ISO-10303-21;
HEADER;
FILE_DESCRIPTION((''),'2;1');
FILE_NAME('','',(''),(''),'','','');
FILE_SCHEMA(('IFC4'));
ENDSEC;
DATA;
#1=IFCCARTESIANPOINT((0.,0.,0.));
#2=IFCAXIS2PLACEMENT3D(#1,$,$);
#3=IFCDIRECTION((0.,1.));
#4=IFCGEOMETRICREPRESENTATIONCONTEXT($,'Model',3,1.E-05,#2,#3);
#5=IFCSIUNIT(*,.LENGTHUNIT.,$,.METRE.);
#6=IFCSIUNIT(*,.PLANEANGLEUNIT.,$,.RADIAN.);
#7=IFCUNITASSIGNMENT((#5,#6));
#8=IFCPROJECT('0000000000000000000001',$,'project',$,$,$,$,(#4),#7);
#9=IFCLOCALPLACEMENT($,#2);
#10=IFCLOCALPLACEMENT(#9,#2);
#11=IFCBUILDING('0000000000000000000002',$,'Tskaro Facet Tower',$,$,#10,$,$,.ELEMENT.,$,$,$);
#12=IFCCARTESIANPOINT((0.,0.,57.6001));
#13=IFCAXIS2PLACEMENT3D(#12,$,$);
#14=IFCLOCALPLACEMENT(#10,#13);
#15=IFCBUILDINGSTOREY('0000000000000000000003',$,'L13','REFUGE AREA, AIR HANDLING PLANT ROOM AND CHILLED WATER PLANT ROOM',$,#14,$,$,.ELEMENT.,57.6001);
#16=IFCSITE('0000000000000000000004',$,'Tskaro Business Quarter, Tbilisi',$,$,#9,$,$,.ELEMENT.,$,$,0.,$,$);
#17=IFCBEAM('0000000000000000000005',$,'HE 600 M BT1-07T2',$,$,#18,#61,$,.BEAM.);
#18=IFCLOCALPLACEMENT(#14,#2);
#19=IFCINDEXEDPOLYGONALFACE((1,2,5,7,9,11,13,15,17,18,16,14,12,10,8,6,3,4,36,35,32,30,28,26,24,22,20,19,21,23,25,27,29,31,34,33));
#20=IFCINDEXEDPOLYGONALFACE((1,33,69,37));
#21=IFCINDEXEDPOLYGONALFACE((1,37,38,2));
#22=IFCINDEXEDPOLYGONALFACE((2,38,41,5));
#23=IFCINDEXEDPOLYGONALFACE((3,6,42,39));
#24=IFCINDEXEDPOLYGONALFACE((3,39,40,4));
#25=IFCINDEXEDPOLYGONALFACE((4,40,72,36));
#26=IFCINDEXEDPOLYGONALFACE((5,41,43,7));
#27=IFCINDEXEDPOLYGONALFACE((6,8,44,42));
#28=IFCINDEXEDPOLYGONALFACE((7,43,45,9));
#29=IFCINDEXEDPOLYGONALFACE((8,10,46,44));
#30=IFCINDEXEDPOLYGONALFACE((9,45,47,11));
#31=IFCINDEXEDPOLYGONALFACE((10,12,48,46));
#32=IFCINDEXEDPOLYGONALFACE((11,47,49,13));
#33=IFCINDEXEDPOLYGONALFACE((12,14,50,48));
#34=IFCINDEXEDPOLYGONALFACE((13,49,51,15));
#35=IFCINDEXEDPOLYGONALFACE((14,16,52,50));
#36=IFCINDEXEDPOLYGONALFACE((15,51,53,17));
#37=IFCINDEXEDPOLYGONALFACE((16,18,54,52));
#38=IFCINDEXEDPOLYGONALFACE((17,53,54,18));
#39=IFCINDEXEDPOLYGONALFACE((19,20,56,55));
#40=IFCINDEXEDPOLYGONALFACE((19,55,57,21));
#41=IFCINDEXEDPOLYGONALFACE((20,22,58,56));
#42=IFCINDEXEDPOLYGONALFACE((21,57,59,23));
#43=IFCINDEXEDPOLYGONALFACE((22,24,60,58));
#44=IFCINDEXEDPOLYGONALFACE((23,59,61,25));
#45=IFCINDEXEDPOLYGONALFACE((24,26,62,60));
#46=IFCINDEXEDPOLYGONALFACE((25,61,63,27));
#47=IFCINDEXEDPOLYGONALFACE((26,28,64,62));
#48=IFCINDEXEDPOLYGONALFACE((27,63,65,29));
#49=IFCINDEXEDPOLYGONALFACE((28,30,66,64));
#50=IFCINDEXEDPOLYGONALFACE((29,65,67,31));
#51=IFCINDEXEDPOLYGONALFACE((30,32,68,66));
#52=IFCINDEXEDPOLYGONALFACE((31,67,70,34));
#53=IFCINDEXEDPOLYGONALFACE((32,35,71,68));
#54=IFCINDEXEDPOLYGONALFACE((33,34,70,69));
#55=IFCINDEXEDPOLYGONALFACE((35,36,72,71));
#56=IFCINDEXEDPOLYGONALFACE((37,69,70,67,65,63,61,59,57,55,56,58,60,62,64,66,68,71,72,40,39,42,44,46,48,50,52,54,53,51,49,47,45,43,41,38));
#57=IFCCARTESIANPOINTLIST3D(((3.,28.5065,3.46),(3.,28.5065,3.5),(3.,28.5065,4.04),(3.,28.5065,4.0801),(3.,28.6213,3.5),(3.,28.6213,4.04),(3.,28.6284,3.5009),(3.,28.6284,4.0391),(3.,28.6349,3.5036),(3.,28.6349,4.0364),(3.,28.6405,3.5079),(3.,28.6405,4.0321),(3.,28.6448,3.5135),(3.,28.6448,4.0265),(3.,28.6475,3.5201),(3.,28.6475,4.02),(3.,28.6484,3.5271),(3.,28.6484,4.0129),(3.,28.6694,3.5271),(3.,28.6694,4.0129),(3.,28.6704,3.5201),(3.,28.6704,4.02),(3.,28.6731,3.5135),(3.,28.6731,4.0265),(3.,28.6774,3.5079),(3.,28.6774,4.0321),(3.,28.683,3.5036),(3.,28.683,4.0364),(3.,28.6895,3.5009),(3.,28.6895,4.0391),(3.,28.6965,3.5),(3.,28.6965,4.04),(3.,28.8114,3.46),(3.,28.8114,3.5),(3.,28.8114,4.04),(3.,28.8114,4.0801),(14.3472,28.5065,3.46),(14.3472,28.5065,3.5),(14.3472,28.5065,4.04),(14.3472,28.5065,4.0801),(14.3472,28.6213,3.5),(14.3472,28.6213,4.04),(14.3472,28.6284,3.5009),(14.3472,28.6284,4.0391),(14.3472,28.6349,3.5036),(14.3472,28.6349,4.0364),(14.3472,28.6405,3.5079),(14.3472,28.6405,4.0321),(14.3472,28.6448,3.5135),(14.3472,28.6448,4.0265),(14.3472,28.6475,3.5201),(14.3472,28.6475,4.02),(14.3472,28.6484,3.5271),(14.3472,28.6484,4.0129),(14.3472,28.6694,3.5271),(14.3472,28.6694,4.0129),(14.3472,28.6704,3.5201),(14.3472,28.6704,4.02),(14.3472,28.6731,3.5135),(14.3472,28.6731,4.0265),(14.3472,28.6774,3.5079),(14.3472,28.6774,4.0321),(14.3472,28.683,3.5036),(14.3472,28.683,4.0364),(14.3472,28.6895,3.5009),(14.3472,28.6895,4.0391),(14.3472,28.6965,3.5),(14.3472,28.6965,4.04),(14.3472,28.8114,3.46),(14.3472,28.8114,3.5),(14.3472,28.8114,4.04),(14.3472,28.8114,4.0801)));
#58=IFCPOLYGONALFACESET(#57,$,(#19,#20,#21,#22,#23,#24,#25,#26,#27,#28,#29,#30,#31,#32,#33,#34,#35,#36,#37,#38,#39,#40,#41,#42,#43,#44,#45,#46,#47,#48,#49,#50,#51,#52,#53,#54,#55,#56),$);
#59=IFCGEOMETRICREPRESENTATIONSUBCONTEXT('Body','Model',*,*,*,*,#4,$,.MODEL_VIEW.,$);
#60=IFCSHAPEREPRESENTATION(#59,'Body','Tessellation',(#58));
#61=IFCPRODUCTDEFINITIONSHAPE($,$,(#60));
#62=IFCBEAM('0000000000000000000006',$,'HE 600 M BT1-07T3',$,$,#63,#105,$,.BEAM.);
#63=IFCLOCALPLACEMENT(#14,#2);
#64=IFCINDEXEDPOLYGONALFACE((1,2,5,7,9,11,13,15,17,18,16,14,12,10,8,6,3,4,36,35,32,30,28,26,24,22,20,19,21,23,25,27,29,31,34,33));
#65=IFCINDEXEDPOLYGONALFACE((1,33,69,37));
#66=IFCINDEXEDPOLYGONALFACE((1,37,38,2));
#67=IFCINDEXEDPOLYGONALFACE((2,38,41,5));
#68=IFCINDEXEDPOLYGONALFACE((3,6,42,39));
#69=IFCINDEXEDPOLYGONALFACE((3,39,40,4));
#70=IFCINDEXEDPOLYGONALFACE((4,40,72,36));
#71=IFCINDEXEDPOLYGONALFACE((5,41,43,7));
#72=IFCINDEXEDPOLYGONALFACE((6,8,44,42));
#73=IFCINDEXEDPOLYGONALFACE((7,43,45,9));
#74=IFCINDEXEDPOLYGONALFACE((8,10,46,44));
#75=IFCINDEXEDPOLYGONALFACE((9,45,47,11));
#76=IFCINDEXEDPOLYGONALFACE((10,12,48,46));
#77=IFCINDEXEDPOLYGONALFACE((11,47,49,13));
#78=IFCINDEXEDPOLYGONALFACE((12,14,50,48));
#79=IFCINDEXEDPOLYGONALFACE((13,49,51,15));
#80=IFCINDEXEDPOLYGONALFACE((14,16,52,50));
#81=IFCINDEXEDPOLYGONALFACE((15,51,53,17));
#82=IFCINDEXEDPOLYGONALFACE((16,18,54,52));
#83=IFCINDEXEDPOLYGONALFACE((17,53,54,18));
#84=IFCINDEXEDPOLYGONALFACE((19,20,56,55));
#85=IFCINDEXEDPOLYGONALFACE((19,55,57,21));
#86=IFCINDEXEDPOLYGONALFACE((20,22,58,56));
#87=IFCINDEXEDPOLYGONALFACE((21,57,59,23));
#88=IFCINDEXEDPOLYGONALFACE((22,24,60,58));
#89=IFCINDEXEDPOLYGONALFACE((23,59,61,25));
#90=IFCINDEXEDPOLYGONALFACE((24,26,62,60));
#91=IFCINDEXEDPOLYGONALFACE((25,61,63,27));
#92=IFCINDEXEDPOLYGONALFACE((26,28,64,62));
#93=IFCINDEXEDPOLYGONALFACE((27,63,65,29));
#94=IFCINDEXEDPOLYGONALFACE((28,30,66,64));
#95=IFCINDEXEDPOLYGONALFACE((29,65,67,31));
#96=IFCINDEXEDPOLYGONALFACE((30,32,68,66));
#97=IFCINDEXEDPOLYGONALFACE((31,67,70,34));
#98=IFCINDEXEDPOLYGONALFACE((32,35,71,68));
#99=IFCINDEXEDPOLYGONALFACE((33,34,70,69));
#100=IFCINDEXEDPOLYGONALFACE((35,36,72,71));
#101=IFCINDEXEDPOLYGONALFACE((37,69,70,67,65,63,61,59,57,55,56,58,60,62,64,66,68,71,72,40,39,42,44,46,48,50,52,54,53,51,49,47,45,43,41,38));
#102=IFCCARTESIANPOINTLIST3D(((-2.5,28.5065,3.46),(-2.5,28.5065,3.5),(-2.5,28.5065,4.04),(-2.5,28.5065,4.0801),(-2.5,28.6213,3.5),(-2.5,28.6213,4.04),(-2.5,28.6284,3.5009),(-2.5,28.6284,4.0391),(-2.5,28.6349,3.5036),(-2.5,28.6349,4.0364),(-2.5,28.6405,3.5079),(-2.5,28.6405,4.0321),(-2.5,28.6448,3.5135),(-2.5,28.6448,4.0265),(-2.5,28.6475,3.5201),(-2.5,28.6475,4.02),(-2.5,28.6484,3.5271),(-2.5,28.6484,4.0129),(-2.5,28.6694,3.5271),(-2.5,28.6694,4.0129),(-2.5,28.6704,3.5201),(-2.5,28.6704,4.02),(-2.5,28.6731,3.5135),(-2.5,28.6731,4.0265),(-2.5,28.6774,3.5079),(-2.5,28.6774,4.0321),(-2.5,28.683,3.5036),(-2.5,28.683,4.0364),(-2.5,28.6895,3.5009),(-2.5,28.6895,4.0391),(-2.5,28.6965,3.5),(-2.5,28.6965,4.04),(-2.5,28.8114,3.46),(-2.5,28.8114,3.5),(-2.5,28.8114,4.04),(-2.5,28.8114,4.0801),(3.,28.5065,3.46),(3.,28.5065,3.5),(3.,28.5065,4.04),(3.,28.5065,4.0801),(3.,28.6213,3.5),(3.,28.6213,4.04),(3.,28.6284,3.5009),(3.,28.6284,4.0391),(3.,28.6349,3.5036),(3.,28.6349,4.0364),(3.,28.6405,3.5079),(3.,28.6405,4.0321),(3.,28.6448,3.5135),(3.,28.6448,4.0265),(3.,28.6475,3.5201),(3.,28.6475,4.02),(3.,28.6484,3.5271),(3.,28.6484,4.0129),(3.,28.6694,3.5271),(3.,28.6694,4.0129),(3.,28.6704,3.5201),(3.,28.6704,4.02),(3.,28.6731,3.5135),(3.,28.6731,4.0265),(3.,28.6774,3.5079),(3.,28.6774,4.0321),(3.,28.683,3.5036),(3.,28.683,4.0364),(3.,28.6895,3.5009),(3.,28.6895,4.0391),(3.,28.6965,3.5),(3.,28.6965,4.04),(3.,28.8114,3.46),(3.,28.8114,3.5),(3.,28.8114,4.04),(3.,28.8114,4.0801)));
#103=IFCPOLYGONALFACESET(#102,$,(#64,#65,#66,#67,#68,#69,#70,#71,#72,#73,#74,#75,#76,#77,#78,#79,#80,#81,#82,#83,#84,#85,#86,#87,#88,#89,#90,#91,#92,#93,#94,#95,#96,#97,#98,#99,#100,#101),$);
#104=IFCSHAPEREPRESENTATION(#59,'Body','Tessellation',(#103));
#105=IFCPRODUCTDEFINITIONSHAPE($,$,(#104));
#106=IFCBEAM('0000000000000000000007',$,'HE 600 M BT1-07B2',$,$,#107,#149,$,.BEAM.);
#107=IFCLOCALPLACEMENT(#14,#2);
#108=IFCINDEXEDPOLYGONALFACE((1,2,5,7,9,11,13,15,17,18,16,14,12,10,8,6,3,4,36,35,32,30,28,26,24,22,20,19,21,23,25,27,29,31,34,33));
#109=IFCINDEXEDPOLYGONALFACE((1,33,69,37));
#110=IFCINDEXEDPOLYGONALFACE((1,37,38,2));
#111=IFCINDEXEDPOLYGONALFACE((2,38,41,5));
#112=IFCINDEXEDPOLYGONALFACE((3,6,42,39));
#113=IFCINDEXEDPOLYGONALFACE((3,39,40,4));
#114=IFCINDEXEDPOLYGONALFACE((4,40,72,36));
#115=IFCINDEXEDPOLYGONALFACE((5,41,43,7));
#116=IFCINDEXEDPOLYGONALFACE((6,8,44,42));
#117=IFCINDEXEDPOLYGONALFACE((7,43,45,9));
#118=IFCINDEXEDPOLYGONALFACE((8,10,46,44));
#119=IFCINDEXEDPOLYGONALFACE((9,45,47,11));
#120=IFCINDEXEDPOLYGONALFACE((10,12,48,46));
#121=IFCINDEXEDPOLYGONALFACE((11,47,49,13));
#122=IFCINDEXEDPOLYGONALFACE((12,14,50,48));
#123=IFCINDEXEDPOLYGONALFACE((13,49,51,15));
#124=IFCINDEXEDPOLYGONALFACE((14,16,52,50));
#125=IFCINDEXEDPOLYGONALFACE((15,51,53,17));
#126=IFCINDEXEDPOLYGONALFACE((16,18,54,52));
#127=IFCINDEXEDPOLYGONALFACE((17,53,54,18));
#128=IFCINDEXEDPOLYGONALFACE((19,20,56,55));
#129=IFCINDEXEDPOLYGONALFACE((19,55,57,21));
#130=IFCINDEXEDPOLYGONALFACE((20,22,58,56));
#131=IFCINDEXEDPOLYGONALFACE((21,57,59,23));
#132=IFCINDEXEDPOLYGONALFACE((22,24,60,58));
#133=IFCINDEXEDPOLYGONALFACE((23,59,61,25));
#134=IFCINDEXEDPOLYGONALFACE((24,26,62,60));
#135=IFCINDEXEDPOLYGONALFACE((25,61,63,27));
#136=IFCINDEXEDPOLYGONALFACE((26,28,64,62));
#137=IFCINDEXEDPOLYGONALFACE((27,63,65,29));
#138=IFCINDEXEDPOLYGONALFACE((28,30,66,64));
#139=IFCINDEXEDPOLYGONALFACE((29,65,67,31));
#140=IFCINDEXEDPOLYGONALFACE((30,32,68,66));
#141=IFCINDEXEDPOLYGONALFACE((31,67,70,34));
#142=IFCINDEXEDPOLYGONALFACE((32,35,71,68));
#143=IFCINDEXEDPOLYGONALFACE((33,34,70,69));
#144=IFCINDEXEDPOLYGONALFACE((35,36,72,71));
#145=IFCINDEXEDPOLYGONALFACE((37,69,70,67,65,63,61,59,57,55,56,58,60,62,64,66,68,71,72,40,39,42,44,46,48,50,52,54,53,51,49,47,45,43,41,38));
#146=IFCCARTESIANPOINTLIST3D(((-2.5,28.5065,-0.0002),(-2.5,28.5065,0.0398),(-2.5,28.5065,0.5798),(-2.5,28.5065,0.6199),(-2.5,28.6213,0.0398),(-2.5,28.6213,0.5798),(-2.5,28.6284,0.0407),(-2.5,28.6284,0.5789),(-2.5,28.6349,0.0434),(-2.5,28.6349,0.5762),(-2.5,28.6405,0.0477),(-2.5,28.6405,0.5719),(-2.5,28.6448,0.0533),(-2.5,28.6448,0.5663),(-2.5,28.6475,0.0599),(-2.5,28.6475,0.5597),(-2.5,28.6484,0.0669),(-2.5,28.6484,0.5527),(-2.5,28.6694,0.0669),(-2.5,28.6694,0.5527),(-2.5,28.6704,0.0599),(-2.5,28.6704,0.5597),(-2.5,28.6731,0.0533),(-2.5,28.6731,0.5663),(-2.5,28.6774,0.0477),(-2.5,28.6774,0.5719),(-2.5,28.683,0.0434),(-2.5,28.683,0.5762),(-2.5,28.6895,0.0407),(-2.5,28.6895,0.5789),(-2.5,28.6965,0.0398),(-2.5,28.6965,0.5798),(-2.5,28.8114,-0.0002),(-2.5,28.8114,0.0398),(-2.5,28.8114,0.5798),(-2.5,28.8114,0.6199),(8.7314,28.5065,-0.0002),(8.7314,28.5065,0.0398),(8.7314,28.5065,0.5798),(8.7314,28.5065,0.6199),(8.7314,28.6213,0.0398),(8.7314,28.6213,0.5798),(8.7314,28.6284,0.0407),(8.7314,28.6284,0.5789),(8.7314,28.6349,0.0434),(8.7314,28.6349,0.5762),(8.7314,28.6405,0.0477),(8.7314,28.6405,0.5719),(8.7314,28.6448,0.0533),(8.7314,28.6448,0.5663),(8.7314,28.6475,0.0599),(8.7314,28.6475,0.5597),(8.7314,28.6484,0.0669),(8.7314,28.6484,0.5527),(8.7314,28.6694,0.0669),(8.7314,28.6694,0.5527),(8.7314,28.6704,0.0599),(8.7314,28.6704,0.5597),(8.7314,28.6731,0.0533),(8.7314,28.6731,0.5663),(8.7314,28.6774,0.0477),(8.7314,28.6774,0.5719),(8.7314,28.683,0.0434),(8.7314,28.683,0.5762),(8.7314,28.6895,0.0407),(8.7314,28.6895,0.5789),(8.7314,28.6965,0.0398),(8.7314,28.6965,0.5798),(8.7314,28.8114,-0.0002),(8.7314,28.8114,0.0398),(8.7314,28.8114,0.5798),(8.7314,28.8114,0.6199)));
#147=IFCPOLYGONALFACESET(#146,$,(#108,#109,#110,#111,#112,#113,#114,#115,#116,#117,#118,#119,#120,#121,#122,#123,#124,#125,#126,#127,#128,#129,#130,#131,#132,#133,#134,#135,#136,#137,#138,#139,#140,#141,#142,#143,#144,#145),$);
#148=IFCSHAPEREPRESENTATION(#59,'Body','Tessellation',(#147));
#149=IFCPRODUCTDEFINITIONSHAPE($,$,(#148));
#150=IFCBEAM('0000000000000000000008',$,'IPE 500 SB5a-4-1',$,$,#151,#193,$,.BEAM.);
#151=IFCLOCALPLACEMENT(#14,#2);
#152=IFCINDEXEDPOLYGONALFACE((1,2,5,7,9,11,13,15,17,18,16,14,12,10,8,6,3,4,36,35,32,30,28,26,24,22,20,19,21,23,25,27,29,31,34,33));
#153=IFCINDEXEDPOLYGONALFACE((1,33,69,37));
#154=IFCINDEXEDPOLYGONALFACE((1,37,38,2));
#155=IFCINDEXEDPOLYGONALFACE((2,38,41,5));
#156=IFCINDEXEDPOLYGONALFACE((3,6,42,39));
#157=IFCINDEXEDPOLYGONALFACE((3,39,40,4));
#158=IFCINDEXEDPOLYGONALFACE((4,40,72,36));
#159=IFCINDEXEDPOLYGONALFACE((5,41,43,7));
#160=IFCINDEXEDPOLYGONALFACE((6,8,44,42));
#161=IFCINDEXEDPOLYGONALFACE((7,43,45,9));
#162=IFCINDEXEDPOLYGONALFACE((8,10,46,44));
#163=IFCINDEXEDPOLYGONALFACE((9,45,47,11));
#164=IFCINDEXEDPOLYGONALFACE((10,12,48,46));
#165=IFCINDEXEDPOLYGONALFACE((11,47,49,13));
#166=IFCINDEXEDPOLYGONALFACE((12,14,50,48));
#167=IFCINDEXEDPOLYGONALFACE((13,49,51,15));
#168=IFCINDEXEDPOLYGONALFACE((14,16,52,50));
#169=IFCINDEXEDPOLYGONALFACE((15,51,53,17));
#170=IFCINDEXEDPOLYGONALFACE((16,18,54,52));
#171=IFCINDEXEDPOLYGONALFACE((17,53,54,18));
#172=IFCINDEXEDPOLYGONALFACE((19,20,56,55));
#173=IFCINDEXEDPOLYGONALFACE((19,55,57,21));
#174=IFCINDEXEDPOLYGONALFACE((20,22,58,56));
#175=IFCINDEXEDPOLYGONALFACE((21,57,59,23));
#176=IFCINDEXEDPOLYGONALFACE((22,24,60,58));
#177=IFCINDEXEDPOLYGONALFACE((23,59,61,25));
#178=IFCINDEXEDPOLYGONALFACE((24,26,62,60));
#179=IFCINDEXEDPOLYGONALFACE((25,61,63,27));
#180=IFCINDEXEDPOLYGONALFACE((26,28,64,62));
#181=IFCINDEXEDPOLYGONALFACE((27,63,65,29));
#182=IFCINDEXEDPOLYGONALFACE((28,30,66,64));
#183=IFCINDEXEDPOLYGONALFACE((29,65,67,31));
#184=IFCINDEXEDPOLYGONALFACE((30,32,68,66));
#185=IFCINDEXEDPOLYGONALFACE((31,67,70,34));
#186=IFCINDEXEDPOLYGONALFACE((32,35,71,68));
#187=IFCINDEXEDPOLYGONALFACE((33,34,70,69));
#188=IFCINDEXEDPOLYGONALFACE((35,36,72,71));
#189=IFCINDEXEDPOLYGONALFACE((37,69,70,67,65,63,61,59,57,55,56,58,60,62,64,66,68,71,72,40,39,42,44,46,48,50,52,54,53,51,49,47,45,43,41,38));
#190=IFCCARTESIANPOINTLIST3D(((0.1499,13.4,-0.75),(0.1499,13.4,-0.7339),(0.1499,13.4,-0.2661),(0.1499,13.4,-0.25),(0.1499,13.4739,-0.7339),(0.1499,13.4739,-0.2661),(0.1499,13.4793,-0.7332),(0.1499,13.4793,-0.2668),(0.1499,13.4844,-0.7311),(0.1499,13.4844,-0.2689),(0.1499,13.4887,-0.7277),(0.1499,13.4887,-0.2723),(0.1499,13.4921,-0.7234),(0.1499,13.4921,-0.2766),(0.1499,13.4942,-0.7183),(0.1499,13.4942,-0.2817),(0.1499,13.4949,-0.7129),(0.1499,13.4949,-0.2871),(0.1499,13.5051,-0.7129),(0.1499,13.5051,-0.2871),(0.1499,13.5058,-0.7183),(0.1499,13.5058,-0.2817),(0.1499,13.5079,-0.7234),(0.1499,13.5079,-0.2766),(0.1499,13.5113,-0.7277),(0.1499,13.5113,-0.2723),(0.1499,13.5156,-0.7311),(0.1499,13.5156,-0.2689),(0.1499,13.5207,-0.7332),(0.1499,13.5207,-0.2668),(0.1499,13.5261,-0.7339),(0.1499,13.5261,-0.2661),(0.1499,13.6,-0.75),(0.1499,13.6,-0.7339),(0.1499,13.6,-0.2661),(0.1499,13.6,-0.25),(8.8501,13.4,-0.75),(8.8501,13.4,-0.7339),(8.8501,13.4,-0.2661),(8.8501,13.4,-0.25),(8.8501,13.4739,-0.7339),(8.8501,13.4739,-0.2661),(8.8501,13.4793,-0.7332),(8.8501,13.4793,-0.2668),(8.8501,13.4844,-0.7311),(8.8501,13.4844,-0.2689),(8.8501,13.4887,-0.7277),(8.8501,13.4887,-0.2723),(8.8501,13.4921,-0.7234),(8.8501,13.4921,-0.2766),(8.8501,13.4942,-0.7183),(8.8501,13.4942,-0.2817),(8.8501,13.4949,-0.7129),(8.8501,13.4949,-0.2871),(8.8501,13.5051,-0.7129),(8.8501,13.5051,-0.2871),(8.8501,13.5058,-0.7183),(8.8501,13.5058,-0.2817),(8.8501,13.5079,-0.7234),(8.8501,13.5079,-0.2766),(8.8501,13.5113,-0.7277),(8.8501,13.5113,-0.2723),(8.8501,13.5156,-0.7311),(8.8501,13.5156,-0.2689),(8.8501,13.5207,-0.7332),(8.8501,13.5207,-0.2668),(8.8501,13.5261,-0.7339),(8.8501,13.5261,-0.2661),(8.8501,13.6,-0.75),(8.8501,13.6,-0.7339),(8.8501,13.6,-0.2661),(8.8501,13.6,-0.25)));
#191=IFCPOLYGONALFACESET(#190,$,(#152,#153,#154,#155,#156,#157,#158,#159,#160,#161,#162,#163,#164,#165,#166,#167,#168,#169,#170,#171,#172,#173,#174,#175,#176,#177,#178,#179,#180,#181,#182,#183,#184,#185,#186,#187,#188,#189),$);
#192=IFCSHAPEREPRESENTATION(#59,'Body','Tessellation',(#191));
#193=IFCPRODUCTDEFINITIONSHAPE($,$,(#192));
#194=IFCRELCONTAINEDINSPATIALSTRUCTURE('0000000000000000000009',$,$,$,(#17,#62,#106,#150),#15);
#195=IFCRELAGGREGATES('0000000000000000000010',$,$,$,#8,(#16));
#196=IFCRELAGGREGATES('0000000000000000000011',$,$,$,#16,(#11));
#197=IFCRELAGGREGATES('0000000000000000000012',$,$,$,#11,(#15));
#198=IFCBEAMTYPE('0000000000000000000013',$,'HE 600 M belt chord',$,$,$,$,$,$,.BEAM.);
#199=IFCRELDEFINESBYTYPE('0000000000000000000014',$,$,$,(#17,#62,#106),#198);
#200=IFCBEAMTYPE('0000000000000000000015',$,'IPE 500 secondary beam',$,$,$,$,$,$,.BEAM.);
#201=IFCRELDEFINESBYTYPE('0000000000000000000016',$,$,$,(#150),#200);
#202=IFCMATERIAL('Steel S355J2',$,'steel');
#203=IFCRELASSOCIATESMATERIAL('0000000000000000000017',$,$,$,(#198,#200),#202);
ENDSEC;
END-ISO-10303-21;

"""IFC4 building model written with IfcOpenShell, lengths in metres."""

from ifc_helpers import new_model, si_unit, direction, frame, origin, origin_2d, place, context, subcontext, project, spatial, i_section, extrude, material, material_profile, profile_set, type_object, element, save


model = new_model("IFC4")

# Units and contexts
model_context = context("Model", 3, precision=1e-05, world=origin(), true_north=direction((0.0, 1.0)))
body_context = subcontext(model_context, "Body", "Model", "MODEL_VIEW")
ifc_project = project(units=[si_unit("LENGTHUNIT", "METRE"), si_unit("PLANEANGLEUNIT", "RADIAN")], contexts=[model_context])

# Site, building, storey
site_placement = place(None, origin())
site = spatial("IfcSite", under=ifc_project, at=site_placement, Name="Tskaro Business Quarter, Tbilisi", CompositionType="ELEMENT", RefElevation=0.0)
building_placement = place(site_placement, origin())
building = spatial("IfcBuilding", under=site, at=building_placement, Name="Tskaro Facet Tower", CompositionType="ELEMENT")
storey_placement = place(building_placement, frame((0.0, 0.0, 57.6001)))
storey = spatial("IfcBuildingStorey", under=building, at=storey_placement, Name="L13", Description="REFUGE AREA, AIR HANDLING PLANT ROOM AND CHILLED WATER PLANT ROOM", CompositionType="ELEMENT", Elevation=57.6001)

# Shared definitions
ifc_material_1 = material(Name="Steel S355J2", Category="steel")

# Beams
ifc_material_profile_1 = material_profile(ifc_material_1, i_section(OverallWidth=0.3049, OverallDepth=0.6201, WebThickness=0.021, FlangeThickness=0.04, FilletRadius=0.0271, at=origin_2d()), Name="HE 600 M")
ifc_profile_set_1 = profile_set([ifc_material_profile_1], Name="Steel S355J2")
beam_type_1 = type_object("IfcBeamType", Name="HE 600 M belt chord", PredefinedType="BEAM", material=ifc_profile_set_1)
beam_1_placement = place(storey_placement, frame((14.3472, 28.6589, 3.77), z_axis=(-1.0, 0.0, 0.0), x_axis=(0.0, -1.0, 0.0)))
element("IfcBeam", 1, at=beam_1_placement, inside=storey, type_object=beam_type_1, Name="HE 600 M BT1-07T2", PredefinedType="BEAM", context=body_context, shape_type="SweptSolid", body=[
    extrude(i_section(OverallWidth=0.3049, OverallDepth=0.6201, WebThickness=0.021, FlangeThickness=0.04, FilletRadius=0.0271, at=origin_2d()), origin(), (0.0, 0.0, 1.0), 11.3472),
])
beam_2_placement = place(storey_placement, frame((3.0, 28.6589, 3.77), z_axis=(-1.0, 0.0, 0.0), x_axis=(0.0, -1.0, 0.0)))
element("IfcBeam", 2, at=beam_2_placement, inside=storey, type_object=beam_type_1, Name="HE 600 M BT1-07T3", PredefinedType="BEAM", context=body_context, shape_type="SweptSolid", body=[
    extrude(i_section(OverallWidth=0.3049, OverallDepth=0.6201, WebThickness=0.021, FlangeThickness=0.04, FilletRadius=0.0271, at=origin_2d()), origin(), (0.0, 0.0, 1.0), 5.5),
])
beam_3_placement = place(storey_placement, frame((8.7314, 28.6589, 0.3098), z_axis=(-1.0, 0.0, 0.0), x_axis=(0.0, -1.0, 0.0)))
element("IfcBeam", 3, at=beam_3_placement, inside=storey, type_object=beam_type_1, Name="HE 600 M BT1-07B2", PredefinedType="BEAM", context=body_context, shape_type="SweptSolid", body=[
    extrude(i_section(OverallWidth=0.3049, OverallDepth=0.6201, WebThickness=0.021, FlangeThickness=0.04, FilletRadius=0.0271, at=origin_2d()), origin(), (0.0, 0.0, 1.0), 11.2314),
])
ifc_material_profile_2 = material_profile(ifc_material_1, i_section(OverallWidth=0.2, OverallDepth=0.5, WebThickness=0.0103, FlangeThickness=0.0161, FilletRadius=0.021, at=origin_2d()), Name="IPE 500")
ifc_profile_set_2 = profile_set([ifc_material_profile_2], Name="Steel S355J2")
beam_type_2 = type_object("IfcBeamType", Name="IPE 500 secondary beam", PredefinedType="BEAM", material=ifc_profile_set_2)
for number, where, z_axis, x_axis, name in (
    (4, (0.1499, 13.5, -0.5), (1.0, 0.0, 0.0), (0.0, 1.0, 0.0), "IPE 500 SB5a-4-1"),
):
    element("IfcBeam", number, at=place(storey_placement, frame(where, z_axis=z_axis, x_axis=x_axis)), inside=storey, type_object=beam_type_2, Name=name, PredefinedType="BEAM", context=body_context, shape_type="SweptSolid", body=[
        extrude(i_section(OverallWidth=0.2, OverallDepth=0.5, WebThickness=0.0103, FlangeThickness=0.0161, FilletRadius=0.021, at=origin_2d()), origin(), (0.0, 0.0, 1.0), 8.7002),
    ])

save(model, "model.ifc")
